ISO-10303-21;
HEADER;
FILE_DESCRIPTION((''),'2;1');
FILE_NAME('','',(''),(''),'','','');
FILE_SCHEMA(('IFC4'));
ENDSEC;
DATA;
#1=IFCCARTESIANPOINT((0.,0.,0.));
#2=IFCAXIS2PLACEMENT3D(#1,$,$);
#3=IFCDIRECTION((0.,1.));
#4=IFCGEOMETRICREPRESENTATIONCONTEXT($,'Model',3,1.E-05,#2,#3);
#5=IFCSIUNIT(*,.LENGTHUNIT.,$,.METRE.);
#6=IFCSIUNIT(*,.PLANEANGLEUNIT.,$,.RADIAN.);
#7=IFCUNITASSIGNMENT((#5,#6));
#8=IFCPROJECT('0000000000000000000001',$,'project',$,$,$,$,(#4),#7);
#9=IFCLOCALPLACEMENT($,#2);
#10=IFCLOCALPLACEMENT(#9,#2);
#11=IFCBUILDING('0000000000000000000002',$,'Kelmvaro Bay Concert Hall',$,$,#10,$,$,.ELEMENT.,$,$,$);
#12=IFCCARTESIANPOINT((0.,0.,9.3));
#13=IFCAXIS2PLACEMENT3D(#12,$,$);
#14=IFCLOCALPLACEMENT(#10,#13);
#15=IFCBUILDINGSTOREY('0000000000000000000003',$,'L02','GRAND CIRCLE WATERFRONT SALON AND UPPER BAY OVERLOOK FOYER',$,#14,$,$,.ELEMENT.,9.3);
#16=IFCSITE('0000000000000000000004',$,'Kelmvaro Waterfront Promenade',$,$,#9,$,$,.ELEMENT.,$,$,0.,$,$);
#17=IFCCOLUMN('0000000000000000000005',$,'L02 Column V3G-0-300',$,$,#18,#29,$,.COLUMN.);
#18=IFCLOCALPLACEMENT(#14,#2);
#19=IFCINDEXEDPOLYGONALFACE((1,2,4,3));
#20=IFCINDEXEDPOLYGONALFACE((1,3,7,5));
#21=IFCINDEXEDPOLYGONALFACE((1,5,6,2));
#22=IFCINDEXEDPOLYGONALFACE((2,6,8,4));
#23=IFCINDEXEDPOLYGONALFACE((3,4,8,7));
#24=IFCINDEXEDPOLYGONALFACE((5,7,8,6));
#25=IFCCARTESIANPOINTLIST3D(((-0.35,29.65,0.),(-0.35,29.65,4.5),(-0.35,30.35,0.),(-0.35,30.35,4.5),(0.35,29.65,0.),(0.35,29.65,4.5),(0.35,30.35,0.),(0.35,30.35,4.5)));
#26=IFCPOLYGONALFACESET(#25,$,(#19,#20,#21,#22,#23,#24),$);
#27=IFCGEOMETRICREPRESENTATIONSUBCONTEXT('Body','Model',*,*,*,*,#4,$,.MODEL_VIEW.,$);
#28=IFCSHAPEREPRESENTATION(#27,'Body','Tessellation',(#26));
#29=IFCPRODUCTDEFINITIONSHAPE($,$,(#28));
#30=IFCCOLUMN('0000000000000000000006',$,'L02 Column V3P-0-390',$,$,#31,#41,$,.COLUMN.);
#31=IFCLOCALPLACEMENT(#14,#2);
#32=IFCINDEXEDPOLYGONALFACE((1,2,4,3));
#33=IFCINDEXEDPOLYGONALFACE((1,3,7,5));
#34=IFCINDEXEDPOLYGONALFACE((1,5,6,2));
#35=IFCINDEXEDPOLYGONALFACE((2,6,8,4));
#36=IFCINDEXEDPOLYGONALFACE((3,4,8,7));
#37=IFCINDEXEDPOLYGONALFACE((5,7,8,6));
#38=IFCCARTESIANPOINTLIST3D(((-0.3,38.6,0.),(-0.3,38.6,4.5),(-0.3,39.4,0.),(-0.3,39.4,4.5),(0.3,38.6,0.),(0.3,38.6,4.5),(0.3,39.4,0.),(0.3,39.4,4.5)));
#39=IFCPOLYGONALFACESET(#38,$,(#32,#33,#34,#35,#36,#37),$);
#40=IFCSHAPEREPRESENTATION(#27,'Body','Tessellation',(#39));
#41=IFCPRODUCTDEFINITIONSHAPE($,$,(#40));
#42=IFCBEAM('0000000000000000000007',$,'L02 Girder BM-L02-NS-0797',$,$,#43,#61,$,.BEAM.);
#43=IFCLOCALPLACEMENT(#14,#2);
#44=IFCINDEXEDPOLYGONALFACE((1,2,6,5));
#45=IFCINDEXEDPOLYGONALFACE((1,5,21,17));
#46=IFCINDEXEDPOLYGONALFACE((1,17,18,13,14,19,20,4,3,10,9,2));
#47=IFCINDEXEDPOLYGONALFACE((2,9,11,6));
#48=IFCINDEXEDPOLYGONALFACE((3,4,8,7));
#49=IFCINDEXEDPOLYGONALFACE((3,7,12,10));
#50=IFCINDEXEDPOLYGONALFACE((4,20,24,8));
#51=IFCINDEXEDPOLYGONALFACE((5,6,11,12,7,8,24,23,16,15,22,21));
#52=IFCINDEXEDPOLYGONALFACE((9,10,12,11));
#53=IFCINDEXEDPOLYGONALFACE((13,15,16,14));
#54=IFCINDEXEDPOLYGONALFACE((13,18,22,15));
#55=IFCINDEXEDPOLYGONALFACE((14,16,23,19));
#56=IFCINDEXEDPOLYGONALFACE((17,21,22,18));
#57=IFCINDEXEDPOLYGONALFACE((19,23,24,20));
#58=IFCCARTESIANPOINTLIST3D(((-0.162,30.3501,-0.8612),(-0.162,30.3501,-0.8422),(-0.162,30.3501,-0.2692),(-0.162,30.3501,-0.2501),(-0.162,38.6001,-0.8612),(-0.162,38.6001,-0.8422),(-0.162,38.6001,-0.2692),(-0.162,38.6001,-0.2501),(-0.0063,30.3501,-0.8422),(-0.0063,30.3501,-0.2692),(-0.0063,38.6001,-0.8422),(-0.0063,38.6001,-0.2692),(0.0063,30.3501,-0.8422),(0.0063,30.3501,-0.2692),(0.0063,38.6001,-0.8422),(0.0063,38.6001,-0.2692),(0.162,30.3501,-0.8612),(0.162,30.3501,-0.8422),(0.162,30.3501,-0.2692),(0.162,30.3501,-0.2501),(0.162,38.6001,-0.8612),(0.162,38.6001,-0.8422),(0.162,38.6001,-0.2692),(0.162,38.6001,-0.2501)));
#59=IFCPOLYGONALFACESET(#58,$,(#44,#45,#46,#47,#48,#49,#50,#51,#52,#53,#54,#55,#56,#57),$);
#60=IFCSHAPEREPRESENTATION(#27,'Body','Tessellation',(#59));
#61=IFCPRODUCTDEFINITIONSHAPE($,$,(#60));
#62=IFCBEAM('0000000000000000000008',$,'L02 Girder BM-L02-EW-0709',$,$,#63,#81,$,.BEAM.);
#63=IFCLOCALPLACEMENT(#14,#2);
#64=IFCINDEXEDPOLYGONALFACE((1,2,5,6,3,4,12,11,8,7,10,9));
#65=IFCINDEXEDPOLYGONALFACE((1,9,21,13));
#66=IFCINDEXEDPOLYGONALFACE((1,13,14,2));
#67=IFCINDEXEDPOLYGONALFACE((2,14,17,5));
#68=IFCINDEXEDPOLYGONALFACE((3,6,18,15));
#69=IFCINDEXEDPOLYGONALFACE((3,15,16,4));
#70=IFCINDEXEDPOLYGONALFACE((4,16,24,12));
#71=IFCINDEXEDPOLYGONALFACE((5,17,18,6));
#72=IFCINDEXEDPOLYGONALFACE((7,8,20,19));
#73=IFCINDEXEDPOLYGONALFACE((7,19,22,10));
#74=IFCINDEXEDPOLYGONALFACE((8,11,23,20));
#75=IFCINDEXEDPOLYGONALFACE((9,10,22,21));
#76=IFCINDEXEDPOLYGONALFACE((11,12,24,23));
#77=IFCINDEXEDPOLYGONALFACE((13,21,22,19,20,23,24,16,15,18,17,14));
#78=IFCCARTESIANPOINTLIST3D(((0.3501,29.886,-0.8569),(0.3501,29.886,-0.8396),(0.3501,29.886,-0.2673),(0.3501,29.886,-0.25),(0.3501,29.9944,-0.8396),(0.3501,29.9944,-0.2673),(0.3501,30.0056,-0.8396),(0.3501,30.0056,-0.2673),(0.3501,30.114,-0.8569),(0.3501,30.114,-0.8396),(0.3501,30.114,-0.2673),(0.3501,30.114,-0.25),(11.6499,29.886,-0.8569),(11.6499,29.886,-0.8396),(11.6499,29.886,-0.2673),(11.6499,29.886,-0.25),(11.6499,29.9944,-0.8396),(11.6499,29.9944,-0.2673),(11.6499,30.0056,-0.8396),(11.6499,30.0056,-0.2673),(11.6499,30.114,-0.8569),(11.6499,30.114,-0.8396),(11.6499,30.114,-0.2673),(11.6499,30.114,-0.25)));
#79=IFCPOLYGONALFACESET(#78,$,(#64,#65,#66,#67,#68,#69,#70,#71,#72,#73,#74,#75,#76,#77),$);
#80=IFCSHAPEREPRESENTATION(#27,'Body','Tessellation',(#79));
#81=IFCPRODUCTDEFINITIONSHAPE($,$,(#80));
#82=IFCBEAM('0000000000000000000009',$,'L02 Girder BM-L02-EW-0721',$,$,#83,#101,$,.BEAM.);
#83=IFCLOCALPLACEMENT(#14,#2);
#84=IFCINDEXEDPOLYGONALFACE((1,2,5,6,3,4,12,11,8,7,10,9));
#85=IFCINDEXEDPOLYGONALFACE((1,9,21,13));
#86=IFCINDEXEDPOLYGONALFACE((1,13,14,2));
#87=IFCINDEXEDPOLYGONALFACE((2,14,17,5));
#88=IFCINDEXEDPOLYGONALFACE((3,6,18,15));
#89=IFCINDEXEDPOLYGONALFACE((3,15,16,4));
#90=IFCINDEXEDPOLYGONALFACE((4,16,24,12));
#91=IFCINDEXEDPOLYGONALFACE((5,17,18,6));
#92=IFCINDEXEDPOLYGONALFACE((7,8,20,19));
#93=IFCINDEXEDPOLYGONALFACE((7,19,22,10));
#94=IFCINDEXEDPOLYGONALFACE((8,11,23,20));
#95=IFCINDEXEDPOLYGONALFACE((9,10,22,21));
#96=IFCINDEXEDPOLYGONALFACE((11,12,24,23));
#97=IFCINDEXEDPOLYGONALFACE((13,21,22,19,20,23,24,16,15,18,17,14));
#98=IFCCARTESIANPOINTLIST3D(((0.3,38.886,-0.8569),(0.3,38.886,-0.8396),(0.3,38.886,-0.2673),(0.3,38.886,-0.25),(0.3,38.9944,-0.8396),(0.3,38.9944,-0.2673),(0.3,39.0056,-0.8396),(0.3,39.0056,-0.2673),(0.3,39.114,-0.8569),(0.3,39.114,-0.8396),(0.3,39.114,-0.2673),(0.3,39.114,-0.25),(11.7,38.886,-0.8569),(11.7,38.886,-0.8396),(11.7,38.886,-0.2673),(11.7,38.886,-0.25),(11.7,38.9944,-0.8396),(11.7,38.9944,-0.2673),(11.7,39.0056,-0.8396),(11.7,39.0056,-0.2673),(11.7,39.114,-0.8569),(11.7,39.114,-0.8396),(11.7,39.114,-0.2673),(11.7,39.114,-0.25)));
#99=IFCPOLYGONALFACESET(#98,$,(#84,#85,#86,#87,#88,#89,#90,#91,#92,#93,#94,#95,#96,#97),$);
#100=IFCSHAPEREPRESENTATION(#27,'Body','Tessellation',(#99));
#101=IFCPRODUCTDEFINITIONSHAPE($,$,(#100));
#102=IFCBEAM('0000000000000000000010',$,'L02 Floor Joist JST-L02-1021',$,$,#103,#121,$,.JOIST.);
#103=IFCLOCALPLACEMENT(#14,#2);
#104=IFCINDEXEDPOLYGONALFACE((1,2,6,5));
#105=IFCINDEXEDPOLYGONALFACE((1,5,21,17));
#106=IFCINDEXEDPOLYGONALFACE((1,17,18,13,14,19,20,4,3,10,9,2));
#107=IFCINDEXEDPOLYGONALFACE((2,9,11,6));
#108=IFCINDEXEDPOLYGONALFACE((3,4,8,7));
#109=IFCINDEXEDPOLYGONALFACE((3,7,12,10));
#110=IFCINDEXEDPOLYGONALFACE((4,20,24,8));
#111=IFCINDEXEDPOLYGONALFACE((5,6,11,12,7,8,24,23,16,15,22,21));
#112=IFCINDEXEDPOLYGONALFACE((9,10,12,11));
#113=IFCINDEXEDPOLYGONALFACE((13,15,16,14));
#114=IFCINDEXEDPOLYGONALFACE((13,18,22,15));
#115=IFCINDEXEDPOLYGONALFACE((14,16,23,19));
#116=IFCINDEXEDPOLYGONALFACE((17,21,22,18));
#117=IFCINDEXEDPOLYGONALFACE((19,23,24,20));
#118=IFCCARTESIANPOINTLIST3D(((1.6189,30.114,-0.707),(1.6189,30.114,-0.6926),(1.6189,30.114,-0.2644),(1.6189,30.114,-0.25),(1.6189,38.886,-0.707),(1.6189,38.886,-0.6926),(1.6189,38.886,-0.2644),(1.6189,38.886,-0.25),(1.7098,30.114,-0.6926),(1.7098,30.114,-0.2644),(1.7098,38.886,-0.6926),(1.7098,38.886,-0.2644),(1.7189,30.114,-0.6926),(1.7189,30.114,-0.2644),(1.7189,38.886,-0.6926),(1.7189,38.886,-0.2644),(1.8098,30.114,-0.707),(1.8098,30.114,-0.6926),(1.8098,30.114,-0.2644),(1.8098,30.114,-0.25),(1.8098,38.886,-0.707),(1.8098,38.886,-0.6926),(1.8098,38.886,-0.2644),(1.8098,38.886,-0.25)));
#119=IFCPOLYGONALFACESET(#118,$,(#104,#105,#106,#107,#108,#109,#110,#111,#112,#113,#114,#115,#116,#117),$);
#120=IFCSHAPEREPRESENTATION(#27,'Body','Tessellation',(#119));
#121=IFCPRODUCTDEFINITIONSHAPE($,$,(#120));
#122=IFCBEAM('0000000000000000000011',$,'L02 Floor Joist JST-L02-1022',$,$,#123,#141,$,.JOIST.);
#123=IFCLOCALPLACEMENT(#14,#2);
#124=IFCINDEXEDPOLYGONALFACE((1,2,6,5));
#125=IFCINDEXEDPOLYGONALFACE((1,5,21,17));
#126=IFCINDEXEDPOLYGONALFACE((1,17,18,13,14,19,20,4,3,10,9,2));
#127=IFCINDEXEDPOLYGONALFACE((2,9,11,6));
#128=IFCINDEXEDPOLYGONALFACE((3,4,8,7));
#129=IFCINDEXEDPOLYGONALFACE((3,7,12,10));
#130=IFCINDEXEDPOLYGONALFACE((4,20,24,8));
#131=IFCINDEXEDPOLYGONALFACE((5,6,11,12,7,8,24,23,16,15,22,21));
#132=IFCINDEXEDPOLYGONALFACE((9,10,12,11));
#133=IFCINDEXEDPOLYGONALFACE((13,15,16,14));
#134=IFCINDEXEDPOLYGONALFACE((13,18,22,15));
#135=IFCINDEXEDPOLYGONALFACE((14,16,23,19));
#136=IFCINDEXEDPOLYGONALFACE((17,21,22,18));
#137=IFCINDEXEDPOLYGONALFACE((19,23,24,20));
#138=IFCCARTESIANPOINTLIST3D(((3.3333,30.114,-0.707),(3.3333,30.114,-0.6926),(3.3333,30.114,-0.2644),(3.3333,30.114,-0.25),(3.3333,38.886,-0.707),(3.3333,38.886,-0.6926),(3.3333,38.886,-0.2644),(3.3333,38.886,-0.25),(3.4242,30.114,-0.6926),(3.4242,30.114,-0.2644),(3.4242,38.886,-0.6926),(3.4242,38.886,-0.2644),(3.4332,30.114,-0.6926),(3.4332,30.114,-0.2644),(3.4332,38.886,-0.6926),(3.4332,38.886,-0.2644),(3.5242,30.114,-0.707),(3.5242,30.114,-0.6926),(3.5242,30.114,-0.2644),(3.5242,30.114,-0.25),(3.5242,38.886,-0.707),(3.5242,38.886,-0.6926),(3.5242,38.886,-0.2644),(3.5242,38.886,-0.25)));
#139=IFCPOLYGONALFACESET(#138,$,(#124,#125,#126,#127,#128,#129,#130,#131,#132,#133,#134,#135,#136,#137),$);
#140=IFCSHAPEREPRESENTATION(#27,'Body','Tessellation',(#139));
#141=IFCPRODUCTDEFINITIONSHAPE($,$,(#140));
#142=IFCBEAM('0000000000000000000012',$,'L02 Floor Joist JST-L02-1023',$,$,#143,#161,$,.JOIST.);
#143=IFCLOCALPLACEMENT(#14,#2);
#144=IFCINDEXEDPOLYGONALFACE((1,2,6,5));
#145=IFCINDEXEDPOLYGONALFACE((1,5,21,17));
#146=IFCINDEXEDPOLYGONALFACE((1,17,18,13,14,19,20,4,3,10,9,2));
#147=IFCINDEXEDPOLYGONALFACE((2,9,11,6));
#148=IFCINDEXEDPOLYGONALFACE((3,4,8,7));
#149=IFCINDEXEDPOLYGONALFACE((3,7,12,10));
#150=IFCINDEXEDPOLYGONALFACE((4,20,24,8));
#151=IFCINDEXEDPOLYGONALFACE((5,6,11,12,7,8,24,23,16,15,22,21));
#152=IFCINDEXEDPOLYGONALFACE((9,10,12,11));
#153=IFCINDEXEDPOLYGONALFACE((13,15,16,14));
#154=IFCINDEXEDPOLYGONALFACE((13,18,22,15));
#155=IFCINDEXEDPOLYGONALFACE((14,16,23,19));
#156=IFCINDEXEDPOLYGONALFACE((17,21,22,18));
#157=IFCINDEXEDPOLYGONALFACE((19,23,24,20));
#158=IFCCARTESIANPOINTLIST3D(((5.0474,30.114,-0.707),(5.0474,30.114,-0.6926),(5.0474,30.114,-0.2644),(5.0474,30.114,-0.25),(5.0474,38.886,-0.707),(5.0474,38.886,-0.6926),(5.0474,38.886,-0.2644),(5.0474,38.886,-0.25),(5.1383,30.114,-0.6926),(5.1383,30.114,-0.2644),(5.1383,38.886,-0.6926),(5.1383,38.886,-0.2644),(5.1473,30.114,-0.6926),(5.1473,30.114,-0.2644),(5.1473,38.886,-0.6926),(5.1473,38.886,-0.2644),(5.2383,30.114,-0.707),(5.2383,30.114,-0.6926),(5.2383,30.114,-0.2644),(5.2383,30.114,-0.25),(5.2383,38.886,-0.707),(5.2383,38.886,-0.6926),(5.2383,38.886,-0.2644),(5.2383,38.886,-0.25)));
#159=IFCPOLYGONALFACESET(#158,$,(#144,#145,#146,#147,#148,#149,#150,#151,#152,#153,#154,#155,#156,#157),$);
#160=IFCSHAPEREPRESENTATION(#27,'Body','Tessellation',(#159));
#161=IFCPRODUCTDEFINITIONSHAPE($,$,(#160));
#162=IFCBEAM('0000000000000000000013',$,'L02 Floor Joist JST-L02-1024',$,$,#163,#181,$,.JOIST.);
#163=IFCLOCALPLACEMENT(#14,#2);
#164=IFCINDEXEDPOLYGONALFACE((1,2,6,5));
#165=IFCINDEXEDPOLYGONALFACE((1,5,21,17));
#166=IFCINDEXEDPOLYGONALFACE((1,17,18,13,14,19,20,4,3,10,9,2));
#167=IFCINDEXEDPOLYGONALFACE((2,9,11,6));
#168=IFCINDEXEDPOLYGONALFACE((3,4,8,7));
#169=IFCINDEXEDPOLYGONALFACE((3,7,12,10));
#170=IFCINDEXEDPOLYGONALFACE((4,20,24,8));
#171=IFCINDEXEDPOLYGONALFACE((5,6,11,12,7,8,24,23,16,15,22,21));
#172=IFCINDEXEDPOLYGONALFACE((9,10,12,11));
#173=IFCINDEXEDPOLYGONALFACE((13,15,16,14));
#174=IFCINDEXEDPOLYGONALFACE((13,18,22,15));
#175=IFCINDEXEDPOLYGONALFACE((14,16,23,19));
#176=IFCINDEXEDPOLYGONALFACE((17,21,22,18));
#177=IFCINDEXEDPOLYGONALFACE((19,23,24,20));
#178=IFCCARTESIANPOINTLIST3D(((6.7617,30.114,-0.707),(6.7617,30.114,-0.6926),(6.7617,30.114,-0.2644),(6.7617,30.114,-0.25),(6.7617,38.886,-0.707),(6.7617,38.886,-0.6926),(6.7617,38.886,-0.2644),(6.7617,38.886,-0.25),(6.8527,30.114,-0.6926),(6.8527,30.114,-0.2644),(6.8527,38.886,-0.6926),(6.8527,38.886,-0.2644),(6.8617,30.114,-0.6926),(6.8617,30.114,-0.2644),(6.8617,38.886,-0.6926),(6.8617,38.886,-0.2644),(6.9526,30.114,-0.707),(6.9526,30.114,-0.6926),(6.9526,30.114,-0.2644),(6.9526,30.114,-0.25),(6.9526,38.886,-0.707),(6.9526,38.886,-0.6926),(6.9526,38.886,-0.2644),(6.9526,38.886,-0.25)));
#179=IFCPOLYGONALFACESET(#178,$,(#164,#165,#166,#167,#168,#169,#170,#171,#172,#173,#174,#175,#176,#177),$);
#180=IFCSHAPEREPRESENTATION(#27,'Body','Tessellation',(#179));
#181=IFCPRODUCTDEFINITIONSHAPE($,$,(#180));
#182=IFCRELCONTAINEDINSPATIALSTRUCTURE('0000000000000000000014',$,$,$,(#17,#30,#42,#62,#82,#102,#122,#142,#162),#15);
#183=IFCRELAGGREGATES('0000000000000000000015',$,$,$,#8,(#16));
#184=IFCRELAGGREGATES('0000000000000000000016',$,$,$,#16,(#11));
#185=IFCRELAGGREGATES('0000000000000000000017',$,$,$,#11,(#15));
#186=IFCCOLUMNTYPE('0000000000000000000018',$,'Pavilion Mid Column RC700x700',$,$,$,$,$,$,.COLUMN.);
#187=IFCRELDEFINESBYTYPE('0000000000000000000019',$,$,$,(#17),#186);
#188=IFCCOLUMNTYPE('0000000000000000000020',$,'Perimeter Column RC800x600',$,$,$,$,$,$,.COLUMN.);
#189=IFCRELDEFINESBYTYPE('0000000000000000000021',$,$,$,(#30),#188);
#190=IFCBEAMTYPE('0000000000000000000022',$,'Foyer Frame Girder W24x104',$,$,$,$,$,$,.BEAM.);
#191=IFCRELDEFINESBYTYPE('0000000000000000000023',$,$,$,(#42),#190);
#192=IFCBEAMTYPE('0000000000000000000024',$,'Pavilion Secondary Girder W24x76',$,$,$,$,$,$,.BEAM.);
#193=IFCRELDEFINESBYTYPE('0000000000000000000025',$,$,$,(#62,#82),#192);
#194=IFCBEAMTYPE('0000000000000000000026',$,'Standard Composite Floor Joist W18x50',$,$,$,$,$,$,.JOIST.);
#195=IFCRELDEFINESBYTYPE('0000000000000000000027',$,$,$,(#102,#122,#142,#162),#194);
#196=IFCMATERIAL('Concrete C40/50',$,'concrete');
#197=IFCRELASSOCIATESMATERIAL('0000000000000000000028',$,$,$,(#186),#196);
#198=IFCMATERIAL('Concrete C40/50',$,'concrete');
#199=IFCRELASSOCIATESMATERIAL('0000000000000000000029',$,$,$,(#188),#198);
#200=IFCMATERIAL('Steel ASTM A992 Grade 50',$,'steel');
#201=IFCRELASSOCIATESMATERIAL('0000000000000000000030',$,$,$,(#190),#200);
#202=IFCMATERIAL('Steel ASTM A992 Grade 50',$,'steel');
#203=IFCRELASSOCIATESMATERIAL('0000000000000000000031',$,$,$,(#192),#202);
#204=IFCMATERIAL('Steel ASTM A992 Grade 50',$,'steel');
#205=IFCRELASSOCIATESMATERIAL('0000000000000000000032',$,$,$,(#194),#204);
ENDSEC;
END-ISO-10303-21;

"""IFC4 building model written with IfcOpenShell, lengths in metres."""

from ifc_helpers import new_model, si_unit, direction, frame, origin, origin_2d, place, context, subcontext, project, spatial, rectangle, i_section, extrude, material, material_profile, profile_set, type_object, element, save


model = new_model("IFC4")

# Units and contexts
model_context = context("Model", 3, precision=1e-05, world=origin(), true_north=direction((0.0, 1.0)))
body_context = subcontext(model_context, "Body", "Model", "MODEL_VIEW")
ifc_project = project(units=[si_unit("LENGTHUNIT", "METRE"), si_unit("PLANEANGLEUNIT", "RADIAN")], contexts=[model_context])

# Site, building, storey
site_placement = place(None, origin())
site = spatial("IfcSite", under=ifc_project, at=site_placement, Name="Kelmvaro Waterfront Promenade", CompositionType="ELEMENT", RefElevation=0.0)
building_placement = place(site_placement, origin())
building = spatial("IfcBuilding", under=site, at=building_placement, Name="Kelmvaro Bay Concert Hall", CompositionType="ELEMENT")
storey_placement = place(building_placement, frame((0.0, 0.0, 9.3)))
storey = spatial("IfcBuildingStorey", under=building, at=storey_placement, Name="L02", Description="GRAND CIRCLE WATERFRONT SALON AND UPPER BAY OVERLOOK FOYER", CompositionType="ELEMENT", Elevation=9.3)

# Columns
ifc_material_1 = material(Name="Concrete C40/50", Category="concrete")
ifc_material_profile_1 = material_profile(ifc_material_1, rectangle(XDim=0.7, YDim=0.7, at=origin_2d()), Name="RC-COL-700X700")
ifc_profile_set_1 = profile_set([ifc_material_profile_1], Name="Concrete C40/50")
column_type_1 = type_object("IfcColumnType", Name="Pavilion Mid Column RC700x700", PredefinedType="COLUMN", material=ifc_profile_set_1)
column_1_placement = place(storey_placement, frame((0.0, 30.0, 0.0), z_axis=(0.0, 0.0, 1.0), x_axis=(1.0, 0.0, 0.0)))
element("IfcColumn", 1, at=column_1_placement, inside=storey, type_object=column_type_1, Name="L02 Column V3G-0-300", PredefinedType="COLUMN", context=body_context, shape_type="SweptSolid", body=[
    extrude(rectangle(XDim=0.7, YDim=0.7, at=origin_2d()), origin(), (0.0, 0.0, 1.0), 4.5),
])
ifc_material_2 = material(Name="Concrete C40/50", Category="concrete")
ifc_material_profile_2 = material_profile(ifc_material_2, rectangle(XDim=0.6001, YDim=0.8, at=origin_2d()), Name="RC-COL-800X600")
ifc_profile_set_2 = profile_set([ifc_material_profile_2], Name="Concrete C40/50")
column_type_2 = type_object("IfcColumnType", Name="Perimeter Column RC800x600", PredefinedType="COLUMN", material=ifc_profile_set_2)
column_2_placement = place(storey_placement, frame((0.0, 39.0, 0.0), z_axis=(0.0, 0.0, 1.0), x_axis=(1.0, 0.0, 0.0)))
element("IfcColumn", 2, at=column_2_placement, inside=storey, type_object=column_type_2, Name="L02 Column V3P-0-390", PredefinedType="COLUMN", context=body_context, shape_type="SweptSolid", body=[
    extrude(rectangle(XDim=0.6001, YDim=0.8, at=origin_2d()), origin(), (0.0, 0.0, 1.0), 4.5),
])

# Beams
ifc_material_3 = material(Name="Steel ASTM A992 Grade 50", Category="steel")
ifc_material_profile_3 = material_profile(ifc_material_3, i_section(OverallWidth=0.324, OverallDepth=0.6111, WebThickness=0.0127, FlangeThickness=0.019, at=origin_2d()), Name="W24X104")
ifc_profile_set_3 = profile_set([ifc_material_profile_3], Name="Steel ASTM A992 Grade 50")
beam_type_1 = type_object("IfcBeamType", Name="Foyer Frame Girder W24x104", PredefinedType="BEAM", material=ifc_profile_set_3)
beam_1_placement = place(storey_placement, frame((0.0, 30.3501, -0.5557), z_axis=(0.0, 1.0, 0.0), x_axis=(-1.0, 0.0, 0.0)))
element("IfcBeam", 3, at=beam_1_placement, inside=storey, type_object=beam_type_1, Name="L02 Girder BM-L02-NS-0797", PredefinedType="BEAM", context=body_context, shape_type="SweptSolid", body=[
    extrude(i_section(OverallWidth=0.324, OverallDepth=0.6111, WebThickness=0.0127, FlangeThickness=0.019, at=origin_2d()), origin(), (0.0, 0.0, 1.0), 8.25),
])
ifc_material_4 = material(Name="Steel ASTM A992 Grade 50", Category="steel")
ifc_material_profile_4 = material_profile(ifc_material_4, i_section(OverallWidth=0.228, OverallDepth=0.6069, WebThickness=0.0112, FlangeThickness=0.0173, at=origin_2d()), Name="W24X76")
ifc_profile_set_4 = profile_set([ifc_material_profile_4], Name="Steel ASTM A992 Grade 50")
beam_type_2 = type_object("IfcBeamType", Name="Pavilion Secondary Girder W24x76", PredefinedType="BEAM", material=ifc_profile_set_4)
beam_2_placement = place(storey_placement, frame((0.3501, 30.0, -0.5535), z_axis=(1.0, 0.0, 0.0), x_axis=(0.0, 1.0, 0.0)))
element("IfcBeam", 4, at=beam_2_placement, inside=storey, type_object=beam_type_2, Name="L02 Girder BM-L02-EW-0709", PredefinedType="BEAM", context=body_context, shape_type="SweptSolid", body=[
    extrude(i_section(OverallWidth=0.228, OverallDepth=0.6069, WebThickness=0.0112, FlangeThickness=0.0173, at=origin_2d()), origin(), (0.0, 0.0, 1.0), 11.2998),
])
beam_3_placement = place(storey_placement, frame((0.3, 39.0, -0.5535), z_axis=(1.0, 0.0, 0.0), x_axis=(0.0, 1.0, 0.0)))
element("IfcBeam", 5, at=beam_3_placement, inside=storey, type_object=beam_type_2, Name="L02 Girder BM-L02-EW-0721", PredefinedType="BEAM", context=body_context, shape_type="SweptSolid", body=[
    extrude(i_section(OverallWidth=0.228, OverallDepth=0.6069, WebThickness=0.0112, FlangeThickness=0.0173, at=origin_2d()), origin(), (0.0, 0.0, 1.0), 11.3999),
])
ifc_material_5 = material(Name="Steel ASTM A992 Grade 50", Category="steel")
ifc_material_profile_5 = material_profile(ifc_material_5, i_section(OverallWidth=0.1909, OverallDepth=0.457, WebThickness=0.009, FlangeThickness=0.0144, at=origin_2d()), Name="W18X50")
ifc_profile_set_5 = profile_set([ifc_material_profile_5], Name="Steel ASTM A992 Grade 50")
beam_type_3 = type_object("IfcBeamType", Name="Standard Composite Floor Joist W18x50", PredefinedType="JOIST", material=ifc_profile_set_5)
for number, where, z_axis, x_axis, name in (
    (6, (1.7144, 30.114, -0.4785), (0.0, 1.0, 0.0), (-1.0, 0.0, 0.0), "L02 Floor Joist JST-L02-1021"),
    (7, (3.4287, 30.114, -0.4785), (0.0, 1.0, 0.0), (-1.0, 0.0, 0.0), "L02 Floor Joist JST-L02-1022"),
    (8, (5.1428, 30.114, -0.4785), (0.0, 1.0, 0.0), (-1.0, 0.0, 0.0), "L02 Floor Joist JST-L02-1023"),
    (9, (6.8572, 30.114, -0.4785), (0.0, 1.0, 0.0), (-1.0, 0.0, 0.0), "L02 Floor Joist JST-L02-1024"),
):
    element("IfcBeam", number, at=place(storey_placement, frame(where, z_axis=z_axis, x_axis=x_axis)), inside=storey, type_object=beam_type_3, Name=name, PredefinedType="JOIST", context=body_context, shape_type="SweptSolid", body=[
        extrude(i_section(OverallWidth=0.1909, OverallDepth=0.457, WebThickness=0.009, FlangeThickness=0.0144, at=origin_2d()), origin(), (0.0, 0.0, 1.0), 8.772),
    ])

save(model, "model.ifc")
